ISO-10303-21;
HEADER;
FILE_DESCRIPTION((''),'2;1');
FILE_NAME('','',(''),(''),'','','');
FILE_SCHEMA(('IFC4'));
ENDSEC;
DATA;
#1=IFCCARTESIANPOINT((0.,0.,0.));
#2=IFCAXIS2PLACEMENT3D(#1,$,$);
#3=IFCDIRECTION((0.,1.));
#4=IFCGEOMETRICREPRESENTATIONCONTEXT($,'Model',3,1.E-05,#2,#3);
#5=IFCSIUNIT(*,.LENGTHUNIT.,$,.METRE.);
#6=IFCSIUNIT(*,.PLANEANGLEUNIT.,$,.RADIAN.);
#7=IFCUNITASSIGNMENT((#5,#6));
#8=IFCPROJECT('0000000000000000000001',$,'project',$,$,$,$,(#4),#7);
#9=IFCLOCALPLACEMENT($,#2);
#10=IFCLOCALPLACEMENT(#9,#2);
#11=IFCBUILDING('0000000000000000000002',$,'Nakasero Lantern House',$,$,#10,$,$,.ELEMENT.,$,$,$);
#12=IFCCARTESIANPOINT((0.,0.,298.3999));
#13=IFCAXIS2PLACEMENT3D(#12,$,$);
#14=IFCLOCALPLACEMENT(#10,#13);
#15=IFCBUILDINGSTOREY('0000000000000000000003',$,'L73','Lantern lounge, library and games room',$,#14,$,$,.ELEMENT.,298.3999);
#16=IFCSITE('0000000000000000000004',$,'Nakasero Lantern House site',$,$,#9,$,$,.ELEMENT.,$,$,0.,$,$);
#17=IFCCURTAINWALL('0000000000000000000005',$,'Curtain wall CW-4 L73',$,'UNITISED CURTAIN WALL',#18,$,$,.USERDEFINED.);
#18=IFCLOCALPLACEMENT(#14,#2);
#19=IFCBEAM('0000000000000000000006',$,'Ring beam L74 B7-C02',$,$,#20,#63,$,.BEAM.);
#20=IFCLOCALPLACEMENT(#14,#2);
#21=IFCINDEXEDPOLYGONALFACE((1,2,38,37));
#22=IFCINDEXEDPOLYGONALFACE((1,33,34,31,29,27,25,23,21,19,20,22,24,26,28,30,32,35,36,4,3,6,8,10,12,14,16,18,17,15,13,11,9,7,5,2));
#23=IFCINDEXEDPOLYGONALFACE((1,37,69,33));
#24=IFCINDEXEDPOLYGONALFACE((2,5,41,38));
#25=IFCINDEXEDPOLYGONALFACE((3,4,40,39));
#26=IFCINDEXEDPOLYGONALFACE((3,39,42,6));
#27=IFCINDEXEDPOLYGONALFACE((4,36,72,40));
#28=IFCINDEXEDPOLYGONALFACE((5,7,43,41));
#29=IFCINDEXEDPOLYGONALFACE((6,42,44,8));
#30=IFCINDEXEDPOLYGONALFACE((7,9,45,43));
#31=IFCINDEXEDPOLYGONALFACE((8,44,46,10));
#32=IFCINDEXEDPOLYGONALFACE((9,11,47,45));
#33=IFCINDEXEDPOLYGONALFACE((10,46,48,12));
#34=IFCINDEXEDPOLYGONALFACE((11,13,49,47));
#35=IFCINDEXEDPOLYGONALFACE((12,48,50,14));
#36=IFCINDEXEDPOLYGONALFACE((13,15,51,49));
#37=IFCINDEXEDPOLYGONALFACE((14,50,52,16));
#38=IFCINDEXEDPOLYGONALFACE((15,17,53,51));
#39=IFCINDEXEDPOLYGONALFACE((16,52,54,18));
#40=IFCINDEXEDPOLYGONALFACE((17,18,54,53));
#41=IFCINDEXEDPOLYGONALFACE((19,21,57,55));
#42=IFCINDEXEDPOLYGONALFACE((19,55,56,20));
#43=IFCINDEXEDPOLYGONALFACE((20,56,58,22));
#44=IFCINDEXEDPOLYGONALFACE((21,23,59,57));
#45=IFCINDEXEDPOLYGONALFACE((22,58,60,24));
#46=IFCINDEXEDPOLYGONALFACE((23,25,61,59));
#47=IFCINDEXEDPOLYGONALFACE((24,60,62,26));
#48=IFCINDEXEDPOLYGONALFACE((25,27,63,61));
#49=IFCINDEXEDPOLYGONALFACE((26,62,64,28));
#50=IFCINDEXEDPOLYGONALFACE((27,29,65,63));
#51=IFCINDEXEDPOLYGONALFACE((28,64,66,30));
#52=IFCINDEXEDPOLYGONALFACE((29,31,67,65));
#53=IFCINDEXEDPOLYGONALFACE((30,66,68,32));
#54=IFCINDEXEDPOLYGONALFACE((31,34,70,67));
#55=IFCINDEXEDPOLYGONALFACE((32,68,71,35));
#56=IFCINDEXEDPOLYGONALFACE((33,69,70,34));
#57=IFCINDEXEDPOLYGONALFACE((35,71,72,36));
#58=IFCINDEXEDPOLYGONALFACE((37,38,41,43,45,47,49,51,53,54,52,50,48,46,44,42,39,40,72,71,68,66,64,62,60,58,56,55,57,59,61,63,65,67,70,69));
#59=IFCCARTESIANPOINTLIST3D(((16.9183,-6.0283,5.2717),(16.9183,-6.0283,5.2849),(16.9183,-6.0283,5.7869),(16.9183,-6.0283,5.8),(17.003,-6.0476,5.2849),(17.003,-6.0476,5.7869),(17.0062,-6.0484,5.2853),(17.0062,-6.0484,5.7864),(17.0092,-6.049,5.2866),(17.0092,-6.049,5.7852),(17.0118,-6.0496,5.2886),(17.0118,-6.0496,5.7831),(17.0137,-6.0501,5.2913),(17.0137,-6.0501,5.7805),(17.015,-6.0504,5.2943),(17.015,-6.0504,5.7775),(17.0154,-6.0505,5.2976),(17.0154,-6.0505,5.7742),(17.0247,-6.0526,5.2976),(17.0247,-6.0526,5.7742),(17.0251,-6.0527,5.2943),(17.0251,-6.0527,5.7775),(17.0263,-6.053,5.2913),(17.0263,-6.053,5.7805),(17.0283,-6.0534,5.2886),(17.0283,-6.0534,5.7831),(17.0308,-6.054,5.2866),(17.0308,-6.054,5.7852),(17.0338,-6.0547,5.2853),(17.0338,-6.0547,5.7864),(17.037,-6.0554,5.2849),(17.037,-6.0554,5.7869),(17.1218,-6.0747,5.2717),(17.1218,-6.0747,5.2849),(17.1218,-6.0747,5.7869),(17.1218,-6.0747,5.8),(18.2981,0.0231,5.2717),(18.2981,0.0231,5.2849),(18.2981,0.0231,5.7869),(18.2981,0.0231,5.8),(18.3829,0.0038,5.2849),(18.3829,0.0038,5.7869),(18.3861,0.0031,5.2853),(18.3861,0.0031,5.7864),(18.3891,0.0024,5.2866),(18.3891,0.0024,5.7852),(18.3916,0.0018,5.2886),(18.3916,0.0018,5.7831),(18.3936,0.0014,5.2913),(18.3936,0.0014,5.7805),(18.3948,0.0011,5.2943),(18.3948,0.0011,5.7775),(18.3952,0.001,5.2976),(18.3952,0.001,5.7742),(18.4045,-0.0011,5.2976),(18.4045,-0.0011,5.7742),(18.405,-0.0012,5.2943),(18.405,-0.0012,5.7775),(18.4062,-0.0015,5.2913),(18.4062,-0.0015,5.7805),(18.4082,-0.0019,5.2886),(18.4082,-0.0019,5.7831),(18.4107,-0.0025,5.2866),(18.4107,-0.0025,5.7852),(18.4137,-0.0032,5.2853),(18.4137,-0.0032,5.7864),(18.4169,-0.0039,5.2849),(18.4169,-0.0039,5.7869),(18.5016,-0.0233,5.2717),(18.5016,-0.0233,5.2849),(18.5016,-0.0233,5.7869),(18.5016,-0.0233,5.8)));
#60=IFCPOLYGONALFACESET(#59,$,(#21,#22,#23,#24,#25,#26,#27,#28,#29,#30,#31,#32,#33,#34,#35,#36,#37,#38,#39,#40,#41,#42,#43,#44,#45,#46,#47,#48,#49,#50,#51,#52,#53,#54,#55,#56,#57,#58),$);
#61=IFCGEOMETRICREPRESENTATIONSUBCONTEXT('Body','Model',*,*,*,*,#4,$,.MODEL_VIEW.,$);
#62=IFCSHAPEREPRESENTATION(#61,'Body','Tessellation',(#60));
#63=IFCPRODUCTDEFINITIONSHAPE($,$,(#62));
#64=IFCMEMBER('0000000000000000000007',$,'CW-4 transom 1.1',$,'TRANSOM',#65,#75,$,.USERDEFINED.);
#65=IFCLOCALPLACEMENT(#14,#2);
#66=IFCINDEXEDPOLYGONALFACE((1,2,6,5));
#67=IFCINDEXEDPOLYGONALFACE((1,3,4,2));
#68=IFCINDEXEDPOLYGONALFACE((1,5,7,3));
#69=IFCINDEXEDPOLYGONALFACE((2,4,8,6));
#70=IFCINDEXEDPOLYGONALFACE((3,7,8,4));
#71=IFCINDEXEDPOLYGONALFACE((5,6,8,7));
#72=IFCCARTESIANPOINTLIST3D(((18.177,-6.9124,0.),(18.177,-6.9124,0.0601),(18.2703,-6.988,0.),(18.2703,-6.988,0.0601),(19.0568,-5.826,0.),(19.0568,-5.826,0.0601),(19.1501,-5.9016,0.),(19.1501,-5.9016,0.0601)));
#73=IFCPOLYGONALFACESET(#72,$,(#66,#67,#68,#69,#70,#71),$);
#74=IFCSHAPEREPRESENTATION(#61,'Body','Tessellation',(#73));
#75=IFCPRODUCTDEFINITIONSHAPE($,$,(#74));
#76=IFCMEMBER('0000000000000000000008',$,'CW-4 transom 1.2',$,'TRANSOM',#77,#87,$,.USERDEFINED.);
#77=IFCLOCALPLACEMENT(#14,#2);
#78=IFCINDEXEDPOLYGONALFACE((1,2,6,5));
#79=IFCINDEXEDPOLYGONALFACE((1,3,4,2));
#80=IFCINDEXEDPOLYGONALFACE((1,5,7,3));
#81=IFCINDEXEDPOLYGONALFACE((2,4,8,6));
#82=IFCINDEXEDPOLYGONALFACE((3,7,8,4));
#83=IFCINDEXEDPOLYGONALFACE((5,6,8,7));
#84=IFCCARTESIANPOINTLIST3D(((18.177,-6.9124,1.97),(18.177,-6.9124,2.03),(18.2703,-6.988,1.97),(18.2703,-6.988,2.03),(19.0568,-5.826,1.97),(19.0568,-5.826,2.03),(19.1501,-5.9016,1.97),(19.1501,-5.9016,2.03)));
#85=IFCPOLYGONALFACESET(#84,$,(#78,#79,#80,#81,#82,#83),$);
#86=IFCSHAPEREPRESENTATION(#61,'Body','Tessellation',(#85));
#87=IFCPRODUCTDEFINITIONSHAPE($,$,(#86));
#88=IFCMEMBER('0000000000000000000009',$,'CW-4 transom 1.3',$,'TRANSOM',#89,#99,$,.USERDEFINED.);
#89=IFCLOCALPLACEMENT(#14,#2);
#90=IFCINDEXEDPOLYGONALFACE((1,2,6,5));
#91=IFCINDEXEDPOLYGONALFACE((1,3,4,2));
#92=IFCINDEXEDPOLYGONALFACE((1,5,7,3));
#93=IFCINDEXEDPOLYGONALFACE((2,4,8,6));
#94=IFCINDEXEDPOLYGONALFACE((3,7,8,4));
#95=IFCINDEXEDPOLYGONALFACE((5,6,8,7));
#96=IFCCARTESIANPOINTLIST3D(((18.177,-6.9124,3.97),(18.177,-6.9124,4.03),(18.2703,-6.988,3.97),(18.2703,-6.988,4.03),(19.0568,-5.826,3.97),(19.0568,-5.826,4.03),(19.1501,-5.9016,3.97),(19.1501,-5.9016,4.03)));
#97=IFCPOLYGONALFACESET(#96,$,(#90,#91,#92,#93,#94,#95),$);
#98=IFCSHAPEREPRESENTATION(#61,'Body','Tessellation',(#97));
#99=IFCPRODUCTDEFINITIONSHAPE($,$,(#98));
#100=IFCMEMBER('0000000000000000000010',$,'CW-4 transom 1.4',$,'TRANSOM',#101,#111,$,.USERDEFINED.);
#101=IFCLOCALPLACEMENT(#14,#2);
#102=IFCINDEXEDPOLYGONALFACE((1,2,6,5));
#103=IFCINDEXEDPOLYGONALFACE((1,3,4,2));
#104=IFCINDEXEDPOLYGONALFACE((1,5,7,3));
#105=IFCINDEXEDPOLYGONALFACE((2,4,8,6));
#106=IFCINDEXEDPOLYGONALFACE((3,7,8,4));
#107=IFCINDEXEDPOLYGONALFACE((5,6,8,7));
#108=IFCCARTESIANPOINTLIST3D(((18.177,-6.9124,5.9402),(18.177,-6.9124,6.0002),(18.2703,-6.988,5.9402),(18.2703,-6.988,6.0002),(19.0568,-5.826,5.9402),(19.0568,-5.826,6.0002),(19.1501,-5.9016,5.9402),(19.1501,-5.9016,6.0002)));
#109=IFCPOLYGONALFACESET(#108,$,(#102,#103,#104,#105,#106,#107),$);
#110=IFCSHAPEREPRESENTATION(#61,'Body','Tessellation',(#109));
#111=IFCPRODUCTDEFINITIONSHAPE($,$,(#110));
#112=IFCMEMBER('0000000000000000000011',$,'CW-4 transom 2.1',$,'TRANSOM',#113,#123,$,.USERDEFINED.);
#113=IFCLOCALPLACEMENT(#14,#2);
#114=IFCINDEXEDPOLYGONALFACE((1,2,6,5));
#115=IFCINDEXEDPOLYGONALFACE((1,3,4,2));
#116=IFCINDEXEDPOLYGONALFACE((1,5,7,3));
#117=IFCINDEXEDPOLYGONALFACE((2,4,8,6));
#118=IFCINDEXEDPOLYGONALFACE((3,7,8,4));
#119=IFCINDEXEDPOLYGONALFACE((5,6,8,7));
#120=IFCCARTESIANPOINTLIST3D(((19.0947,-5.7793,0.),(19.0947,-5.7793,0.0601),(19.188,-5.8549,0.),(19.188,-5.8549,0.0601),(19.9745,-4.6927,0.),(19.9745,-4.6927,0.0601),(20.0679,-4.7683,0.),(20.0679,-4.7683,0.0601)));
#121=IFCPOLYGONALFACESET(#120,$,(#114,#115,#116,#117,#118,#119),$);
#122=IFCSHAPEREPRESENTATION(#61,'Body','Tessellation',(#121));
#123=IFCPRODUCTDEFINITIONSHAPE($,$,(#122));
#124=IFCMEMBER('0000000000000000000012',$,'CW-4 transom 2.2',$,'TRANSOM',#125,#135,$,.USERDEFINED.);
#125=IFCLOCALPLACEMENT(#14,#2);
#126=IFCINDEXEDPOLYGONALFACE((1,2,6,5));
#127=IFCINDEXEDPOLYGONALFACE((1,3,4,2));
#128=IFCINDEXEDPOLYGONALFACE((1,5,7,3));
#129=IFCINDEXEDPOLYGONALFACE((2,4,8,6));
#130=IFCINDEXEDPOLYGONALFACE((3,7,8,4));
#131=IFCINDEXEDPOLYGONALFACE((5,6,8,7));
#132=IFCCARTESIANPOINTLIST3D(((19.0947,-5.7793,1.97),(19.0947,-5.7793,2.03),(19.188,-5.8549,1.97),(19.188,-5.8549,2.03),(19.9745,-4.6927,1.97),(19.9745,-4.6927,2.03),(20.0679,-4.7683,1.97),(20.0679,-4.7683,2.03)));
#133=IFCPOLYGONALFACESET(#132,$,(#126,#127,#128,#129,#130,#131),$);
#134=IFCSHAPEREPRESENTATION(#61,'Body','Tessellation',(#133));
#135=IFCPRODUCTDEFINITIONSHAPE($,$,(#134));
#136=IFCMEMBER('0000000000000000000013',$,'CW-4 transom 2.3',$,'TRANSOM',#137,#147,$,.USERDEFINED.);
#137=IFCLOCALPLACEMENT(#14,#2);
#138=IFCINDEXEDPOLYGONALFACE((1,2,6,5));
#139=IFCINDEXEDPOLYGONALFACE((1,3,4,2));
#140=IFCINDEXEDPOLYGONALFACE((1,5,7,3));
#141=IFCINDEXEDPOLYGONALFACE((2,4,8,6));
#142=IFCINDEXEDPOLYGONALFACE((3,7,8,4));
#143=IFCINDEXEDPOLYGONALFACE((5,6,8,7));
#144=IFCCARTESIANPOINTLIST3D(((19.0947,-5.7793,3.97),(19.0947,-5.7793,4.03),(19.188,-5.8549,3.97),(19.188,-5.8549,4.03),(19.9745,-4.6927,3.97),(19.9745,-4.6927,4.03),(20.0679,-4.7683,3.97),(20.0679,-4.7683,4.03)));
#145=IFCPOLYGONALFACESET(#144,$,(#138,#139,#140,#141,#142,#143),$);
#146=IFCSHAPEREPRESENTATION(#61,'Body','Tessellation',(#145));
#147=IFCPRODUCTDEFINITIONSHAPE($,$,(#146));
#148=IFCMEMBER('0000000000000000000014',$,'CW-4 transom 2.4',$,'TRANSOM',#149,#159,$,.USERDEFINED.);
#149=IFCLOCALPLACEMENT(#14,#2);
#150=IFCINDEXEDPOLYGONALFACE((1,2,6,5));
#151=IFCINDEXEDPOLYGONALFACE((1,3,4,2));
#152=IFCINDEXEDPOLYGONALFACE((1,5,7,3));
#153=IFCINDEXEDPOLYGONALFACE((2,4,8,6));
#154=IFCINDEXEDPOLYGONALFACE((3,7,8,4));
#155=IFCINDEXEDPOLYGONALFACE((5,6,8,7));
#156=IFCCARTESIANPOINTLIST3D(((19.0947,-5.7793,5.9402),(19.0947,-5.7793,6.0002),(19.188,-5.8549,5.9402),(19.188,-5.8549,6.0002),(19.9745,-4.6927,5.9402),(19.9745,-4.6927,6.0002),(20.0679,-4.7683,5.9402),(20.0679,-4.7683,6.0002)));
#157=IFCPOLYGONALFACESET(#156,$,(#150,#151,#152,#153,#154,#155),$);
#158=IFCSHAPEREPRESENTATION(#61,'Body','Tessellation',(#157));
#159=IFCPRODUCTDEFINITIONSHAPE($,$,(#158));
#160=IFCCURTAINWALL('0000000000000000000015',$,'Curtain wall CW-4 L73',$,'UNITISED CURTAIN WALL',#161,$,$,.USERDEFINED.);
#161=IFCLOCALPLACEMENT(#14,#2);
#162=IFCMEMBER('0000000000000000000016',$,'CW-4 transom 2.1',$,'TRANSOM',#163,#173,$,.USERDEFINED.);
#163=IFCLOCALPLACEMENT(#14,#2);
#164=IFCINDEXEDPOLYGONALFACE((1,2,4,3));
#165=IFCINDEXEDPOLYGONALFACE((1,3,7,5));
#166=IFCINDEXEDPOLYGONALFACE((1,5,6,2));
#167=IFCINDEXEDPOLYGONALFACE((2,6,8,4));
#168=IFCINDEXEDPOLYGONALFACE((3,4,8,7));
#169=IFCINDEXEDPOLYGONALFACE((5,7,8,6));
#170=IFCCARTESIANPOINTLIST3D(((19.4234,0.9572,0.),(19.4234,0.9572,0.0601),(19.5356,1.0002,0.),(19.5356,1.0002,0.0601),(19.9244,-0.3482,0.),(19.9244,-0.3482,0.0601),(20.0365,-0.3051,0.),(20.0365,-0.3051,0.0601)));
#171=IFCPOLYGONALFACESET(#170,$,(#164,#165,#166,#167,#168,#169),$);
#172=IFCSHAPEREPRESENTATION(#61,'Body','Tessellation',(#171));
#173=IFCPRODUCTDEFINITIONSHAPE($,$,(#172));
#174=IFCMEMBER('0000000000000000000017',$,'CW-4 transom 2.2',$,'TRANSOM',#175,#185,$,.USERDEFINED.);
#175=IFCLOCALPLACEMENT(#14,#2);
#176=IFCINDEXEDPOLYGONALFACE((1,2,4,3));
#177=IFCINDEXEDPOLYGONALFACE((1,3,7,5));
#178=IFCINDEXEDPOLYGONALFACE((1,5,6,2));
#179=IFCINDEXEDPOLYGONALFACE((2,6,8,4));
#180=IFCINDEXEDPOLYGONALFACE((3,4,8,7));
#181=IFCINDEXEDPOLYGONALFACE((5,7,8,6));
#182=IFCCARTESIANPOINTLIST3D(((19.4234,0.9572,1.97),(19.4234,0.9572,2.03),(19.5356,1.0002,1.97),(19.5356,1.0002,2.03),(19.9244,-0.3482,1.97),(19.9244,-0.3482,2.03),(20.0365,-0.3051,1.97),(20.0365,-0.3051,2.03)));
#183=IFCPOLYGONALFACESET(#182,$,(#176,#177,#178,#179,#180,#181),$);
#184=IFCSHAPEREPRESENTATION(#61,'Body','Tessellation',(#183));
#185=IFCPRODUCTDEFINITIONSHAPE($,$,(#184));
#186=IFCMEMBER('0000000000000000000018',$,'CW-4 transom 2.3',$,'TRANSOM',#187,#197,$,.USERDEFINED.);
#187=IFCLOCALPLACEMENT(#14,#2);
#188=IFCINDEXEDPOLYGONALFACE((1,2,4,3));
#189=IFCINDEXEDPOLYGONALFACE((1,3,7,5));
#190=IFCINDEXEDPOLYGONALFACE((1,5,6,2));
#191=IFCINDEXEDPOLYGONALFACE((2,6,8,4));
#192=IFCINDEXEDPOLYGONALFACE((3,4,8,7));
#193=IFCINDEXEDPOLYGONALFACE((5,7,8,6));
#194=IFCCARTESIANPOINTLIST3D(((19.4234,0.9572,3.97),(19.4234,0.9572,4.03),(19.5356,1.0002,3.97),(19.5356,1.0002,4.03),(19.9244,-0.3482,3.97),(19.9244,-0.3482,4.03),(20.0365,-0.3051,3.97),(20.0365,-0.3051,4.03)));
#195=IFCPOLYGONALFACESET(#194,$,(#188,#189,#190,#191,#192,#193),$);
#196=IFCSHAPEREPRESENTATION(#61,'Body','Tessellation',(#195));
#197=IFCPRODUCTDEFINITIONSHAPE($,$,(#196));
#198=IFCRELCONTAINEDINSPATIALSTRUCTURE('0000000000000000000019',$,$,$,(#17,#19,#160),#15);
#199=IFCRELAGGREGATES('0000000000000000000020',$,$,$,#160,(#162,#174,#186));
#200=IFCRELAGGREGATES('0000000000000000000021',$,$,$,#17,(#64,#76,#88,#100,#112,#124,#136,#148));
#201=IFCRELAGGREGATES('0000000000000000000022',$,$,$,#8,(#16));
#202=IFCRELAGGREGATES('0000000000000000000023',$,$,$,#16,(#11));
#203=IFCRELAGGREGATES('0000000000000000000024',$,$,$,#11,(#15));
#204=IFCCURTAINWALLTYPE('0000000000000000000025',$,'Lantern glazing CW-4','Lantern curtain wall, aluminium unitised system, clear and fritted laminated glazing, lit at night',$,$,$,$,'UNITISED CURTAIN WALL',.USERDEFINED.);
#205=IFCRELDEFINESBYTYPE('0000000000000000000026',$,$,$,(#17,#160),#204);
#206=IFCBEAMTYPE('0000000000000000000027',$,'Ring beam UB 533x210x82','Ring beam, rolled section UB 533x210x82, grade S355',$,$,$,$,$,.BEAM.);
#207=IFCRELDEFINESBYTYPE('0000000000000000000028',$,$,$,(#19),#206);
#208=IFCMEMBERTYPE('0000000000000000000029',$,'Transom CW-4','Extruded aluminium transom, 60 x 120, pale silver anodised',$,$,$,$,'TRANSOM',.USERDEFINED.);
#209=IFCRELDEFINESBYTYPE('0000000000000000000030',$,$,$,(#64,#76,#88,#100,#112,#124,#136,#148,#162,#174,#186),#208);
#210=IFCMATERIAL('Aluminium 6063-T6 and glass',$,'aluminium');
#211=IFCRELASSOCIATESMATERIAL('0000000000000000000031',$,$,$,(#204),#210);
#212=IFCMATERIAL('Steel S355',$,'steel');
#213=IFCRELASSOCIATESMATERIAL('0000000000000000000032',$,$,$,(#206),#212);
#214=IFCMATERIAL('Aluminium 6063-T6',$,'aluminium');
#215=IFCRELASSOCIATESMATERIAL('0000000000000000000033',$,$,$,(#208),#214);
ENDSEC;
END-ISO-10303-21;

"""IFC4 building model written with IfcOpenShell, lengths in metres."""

from ifc_helpers import new_model, si_unit, direction, frame, origin, origin_2d, place, context, subcontext, project, spatial, rectangle, i_section, extrude, material, material_profile, profile_set, type_object, element, aggregate, save


model = new_model("IFC4")

# Units and contexts
model_context = context("Model", 3, precision=1e-05, world=origin(), true_north=direction((0.0, 1.0)))
body_context = subcontext(model_context, "Body", "Model", "MODEL_VIEW")
ifc_project = project(units=[si_unit("LENGTHUNIT", "METRE"), si_unit("PLANEANGLEUNIT", "RADIAN")], contexts=[model_context])

# Site, building, storey
site_placement = place(None, origin())
site = spatial("IfcSite", under=ifc_project, at=site_placement, Name="Nakasero Lantern House site", CompositionType="ELEMENT", RefElevation=0.0)
building_placement = place(site_placement, origin())
building = spatial("IfcBuilding", under=site, at=building_placement, Name="Nakasero Lantern House", CompositionType="ELEMENT")
storey_placement = place(building_placement, frame((0.0, 0.0, 298.3999)))
storey = spatial("IfcBuildingStorey", under=building, at=storey_placement, Name="L73", Description="Lantern lounge, library and games room", CompositionType="ELEMENT", Elevation=298.3999)

# Shared definitions
ifc_material_1 = material(Name="Aluminium 6063-T6 and glass", Category="aluminium")
curtain_wall_type = type_object("IfcCurtainWallType", Name="Lantern glazing CW-4", Description="Lantern curtain wall, aluminium unitised system, clear and fritted laminated glazing, lit at night", ElementType="UNITISED CURTAIN WALL", PredefinedType="USERDEFINED", material=ifc_material_1)

# Curtain wall
curtain_wall_1_placement = place(storey_placement, origin())
curtain_wall_1 = element("IfcCurtainWall", 1, at=curtain_wall_1_placement, inside=storey, type_object=curtain_wall_type, Name="Curtain wall CW-4 L73", ObjectType="UNITISED CURTAIN WALL", PredefinedType="USERDEFINED")

# Beam
ifc_material_2 = material(Name="Steel S355", Category="steel")
ifc_material_profile_1 = material_profile(ifc_material_2, i_section(OverallWidth=0.2087, OverallDepth=0.5283, WebThickness=0.0095, FlangeThickness=0.0132, FilletRadius=0.0127, at=origin_2d()), Name="UB 533x210x82")
ifc_profile_set_1 = profile_set([ifc_material_profile_1], Name="Steel S355")
beam_type_1 = type_object("IfcBeamType", Name="Ring beam UB 533x210x82", Description="Ring beam, rolled section UB 533x210x82, grade S355", PredefinedType="BEAM", material=ifc_profile_set_1)
beam_1_placement = place(storey_placement, frame((17.02, -6.0515, 5.5359), z_axis=(0.222316, 0.974975, 0.0), x_axis=(-0.974975, 0.222316, 0.0)))
element("IfcBeam", 2, at=beam_1_placement, inside=storey, type_object=beam_type_1, Name="Ring beam L74 B7-C02", PredefinedType="BEAM", context=body_context, shape_type="SweptSolid", body=[
    extrude(i_section(OverallWidth=0.2087, OverallDepth=0.5283, WebThickness=0.0095, FlangeThickness=0.0132, FilletRadius=0.0127, at=origin_2d()), origin(), (0.0, 0.0, 1.0), 6.2068),
])

# Members
ifc_material_3 = material(Name="Aluminium 6063-T6", Category="aluminium")
ifc_material_profile_2 = material_profile(ifc_material_3, rectangle(XDim=0.0601, YDim=0.1201, at=origin_2d()), Name="CW-4 transom 60x120")
ifc_profile_set_2 = profile_set([ifc_material_profile_2], Name="Aluminium 6063-T6")
member_type_1 = type_object("IfcMemberType", Name="Transom CW-4", Description="Extruded aluminium transom, 60 x 120, pale silver anodised", ElementType="TRANSOM", PredefinedType="USERDEFINED", material=ifc_profile_set_2)
member_1_placement = place(storey_placement, frame((18.2236, -6.9502, 0.03), z_axis=(0.629369, 0.777107, 0.0), x_axis=(0.0, 0.0, 1.0)))
member_1 = element("IfcMember", 3, at=member_1_placement, type_object=member_type_1, Name="CW-4 transom 1.1", ObjectType="TRANSOM", PredefinedType="USERDEFINED", context=body_context, shape_type="SweptSolid", body=[
    extrude(rectangle(XDim=0.0601, YDim=0.1201, at=origin_2d()), origin(), (0.0, 0.0, 1.0), 1.3979),
])
member_2_placement = place(storey_placement, frame((18.2236, -6.9502, 2.0), z_axis=(0.629369, 0.777107, 0.0), x_axis=(0.0, 0.0, 1.0)))
member_2 = element("IfcMember", 4, at=member_2_placement, type_object=member_type_1, Name="CW-4 transom 1.2", ObjectType="TRANSOM", PredefinedType="USERDEFINED", context=body_context, shape_type="SweptSolid", body=[
    extrude(rectangle(XDim=0.0601, YDim=0.1201, at=origin_2d()), origin(), (0.0, 0.0, 1.0), 1.3979),
])
member_3_placement = place(storey_placement, frame((18.2236, -6.9502, 4.0), z_axis=(0.629369, 0.777107, 0.0), x_axis=(0.0, 0.0, 1.0)))
member_3 = element("IfcMember", 5, at=member_3_placement, type_object=member_type_1, Name="CW-4 transom 1.3", ObjectType="TRANSOM", PredefinedType="USERDEFINED", context=body_context, shape_type="SweptSolid", body=[
    extrude(rectangle(XDim=0.0601, YDim=0.1201, at=origin_2d()), origin(), (0.0, 0.0, 1.0), 1.3979),
])
member_4_placement = place(storey_placement, frame((18.2236, -6.9502, 5.9702), z_axis=(0.629369, 0.777107, 0.0), x_axis=(0.0, 0.0, 1.0)))
member_4 = element("IfcMember", 6, at=member_4_placement, type_object=member_type_1, Name="CW-4 transom 1.4", ObjectType="TRANSOM", PredefinedType="USERDEFINED", context=body_context, shape_type="SweptSolid", body=[
    extrude(rectangle(XDim=0.0601, YDim=0.1201, at=origin_2d()), origin(), (0.0, 0.0, 1.0), 1.3979),
])
member_5_placement = place(storey_placement, frame((19.1414, -5.8171, 0.03), z_axis=(0.629284, 0.777176, 0.0), x_axis=(0.0, 0.0, 1.0)))
member_5 = element("IfcMember", 7, at=member_5_placement, type_object=member_type_1, Name="CW-4 transom 2.1", ObjectType="TRANSOM", PredefinedType="USERDEFINED", context=body_context, shape_type="SweptSolid", body=[
    extrude(rectangle(XDim=0.0601, YDim=0.1201, at=origin_2d()), origin(), (0.0, 0.0, 1.0), 1.3982),
])
member_6_placement = place(storey_placement, frame((19.1414, -5.8171, 2.0), z_axis=(0.629284, 0.777176, 0.0), x_axis=(0.0, 0.0, 1.0)))
member_6 = element("IfcMember", 8, at=member_6_placement, type_object=member_type_1, Name="CW-4 transom 2.2", ObjectType="TRANSOM", PredefinedType="USERDEFINED", context=body_context, shape_type="SweptSolid", body=[
    extrude(rectangle(XDim=0.0601, YDim=0.1201, at=origin_2d()), origin(), (0.0, 0.0, 1.0), 1.3982),
])
member_7_placement = place(storey_placement, frame((19.1414, -5.8171, 4.0), z_axis=(0.629284, 0.777176, 0.0), x_axis=(0.0, 0.0, 1.0)))
member_7 = element("IfcMember", 9, at=member_7_placement, type_object=member_type_1, Name="CW-4 transom 2.3", ObjectType="TRANSOM", PredefinedType="USERDEFINED", context=body_context, shape_type="SweptSolid", body=[
    extrude(rectangle(XDim=0.0601, YDim=0.1201, at=origin_2d()), origin(), (0.0, 0.0, 1.0), 1.3982),
])
member_8_placement = place(storey_placement, frame((19.1414, -5.8171, 5.9702), z_axis=(0.629284, 0.777176, 0.0), x_axis=(0.0, 0.0, 1.0)))
member_8 = element("IfcMember", 10, at=member_8_placement, type_object=member_type_1, Name="CW-4 transom 2.4", ObjectType="TRANSOM", PredefinedType="USERDEFINED", context=body_context, shape_type="SweptSolid", body=[
    extrude(rectangle(XDim=0.0601, YDim=0.1201, at=origin_2d()), origin(), (0.0, 0.0, 1.0), 1.3982),
])

# Curtain wall, members
curtain_wall_2_placement = place(storey_placement, origin())
curtain_wall_2 = element("IfcCurtainWall", 11, at=curtain_wall_2_placement, inside=storey, type_object=curtain_wall_type, Name="Curtain wall CW-4 L73", ObjectType="UNITISED CURTAIN WALL", PredefinedType="USERDEFINED")
member_9_placement = place(storey_placement, frame((19.9805, -0.3267, 0.03), z_axis=(-0.358289, 0.933611, 0.0), x_axis=(0.0, 0.0, 1.0)))
member_9 = element("IfcMember", 12, at=member_9_placement, type_object=member_type_1, Name="CW-4 transom 2.1", ObjectType="TRANSOM", PredefinedType="USERDEFINED", context=body_context, shape_type="SweptSolid", body=[
    extrude(rectangle(XDim=0.0601, YDim=0.1201, at=origin_2d()), origin(), (0.0, 0.0, 1.0), 1.3982),
])
member_10_placement = place(storey_placement, frame((19.9805, -0.3267, 2.0), z_axis=(-0.358289, 0.933611, 0.0), x_axis=(0.0, 0.0, 1.0)))
member_10 = element("IfcMember", 13, at=member_10_placement, type_object=member_type_1, Name="CW-4 transom 2.2", ObjectType="TRANSOM", PredefinedType="USERDEFINED", context=body_context, shape_type="SweptSolid", body=[
    extrude(rectangle(XDim=0.0601, YDim=0.1201, at=origin_2d()), origin(), (0.0, 0.0, 1.0), 1.3982),
])
member_11_placement = place(storey_placement, frame((19.9805, -0.3267, 4.0), z_axis=(-0.358289, 0.933611, 0.0), x_axis=(0.0, 0.0, 1.0)))
member_11 = element("IfcMember", 14, at=member_11_placement, type_object=member_type_1, Name="CW-4 transom 2.3", ObjectType="TRANSOM", PredefinedType="USERDEFINED", context=body_context, shape_type="SweptSolid", body=[
    extrude(rectangle(XDim=0.0601, YDim=0.1201, at=origin_2d()), origin(), (0.0, 0.0, 1.0), 1.3982),
])
aggregate(curtain_wall_2, [member_9, member_10, member_11])

aggregate(curtain_wall_1, [member_1, member_2, member_3, member_4, member_5, member_6, member_7, member_8])

save(model, "model.ifc")
